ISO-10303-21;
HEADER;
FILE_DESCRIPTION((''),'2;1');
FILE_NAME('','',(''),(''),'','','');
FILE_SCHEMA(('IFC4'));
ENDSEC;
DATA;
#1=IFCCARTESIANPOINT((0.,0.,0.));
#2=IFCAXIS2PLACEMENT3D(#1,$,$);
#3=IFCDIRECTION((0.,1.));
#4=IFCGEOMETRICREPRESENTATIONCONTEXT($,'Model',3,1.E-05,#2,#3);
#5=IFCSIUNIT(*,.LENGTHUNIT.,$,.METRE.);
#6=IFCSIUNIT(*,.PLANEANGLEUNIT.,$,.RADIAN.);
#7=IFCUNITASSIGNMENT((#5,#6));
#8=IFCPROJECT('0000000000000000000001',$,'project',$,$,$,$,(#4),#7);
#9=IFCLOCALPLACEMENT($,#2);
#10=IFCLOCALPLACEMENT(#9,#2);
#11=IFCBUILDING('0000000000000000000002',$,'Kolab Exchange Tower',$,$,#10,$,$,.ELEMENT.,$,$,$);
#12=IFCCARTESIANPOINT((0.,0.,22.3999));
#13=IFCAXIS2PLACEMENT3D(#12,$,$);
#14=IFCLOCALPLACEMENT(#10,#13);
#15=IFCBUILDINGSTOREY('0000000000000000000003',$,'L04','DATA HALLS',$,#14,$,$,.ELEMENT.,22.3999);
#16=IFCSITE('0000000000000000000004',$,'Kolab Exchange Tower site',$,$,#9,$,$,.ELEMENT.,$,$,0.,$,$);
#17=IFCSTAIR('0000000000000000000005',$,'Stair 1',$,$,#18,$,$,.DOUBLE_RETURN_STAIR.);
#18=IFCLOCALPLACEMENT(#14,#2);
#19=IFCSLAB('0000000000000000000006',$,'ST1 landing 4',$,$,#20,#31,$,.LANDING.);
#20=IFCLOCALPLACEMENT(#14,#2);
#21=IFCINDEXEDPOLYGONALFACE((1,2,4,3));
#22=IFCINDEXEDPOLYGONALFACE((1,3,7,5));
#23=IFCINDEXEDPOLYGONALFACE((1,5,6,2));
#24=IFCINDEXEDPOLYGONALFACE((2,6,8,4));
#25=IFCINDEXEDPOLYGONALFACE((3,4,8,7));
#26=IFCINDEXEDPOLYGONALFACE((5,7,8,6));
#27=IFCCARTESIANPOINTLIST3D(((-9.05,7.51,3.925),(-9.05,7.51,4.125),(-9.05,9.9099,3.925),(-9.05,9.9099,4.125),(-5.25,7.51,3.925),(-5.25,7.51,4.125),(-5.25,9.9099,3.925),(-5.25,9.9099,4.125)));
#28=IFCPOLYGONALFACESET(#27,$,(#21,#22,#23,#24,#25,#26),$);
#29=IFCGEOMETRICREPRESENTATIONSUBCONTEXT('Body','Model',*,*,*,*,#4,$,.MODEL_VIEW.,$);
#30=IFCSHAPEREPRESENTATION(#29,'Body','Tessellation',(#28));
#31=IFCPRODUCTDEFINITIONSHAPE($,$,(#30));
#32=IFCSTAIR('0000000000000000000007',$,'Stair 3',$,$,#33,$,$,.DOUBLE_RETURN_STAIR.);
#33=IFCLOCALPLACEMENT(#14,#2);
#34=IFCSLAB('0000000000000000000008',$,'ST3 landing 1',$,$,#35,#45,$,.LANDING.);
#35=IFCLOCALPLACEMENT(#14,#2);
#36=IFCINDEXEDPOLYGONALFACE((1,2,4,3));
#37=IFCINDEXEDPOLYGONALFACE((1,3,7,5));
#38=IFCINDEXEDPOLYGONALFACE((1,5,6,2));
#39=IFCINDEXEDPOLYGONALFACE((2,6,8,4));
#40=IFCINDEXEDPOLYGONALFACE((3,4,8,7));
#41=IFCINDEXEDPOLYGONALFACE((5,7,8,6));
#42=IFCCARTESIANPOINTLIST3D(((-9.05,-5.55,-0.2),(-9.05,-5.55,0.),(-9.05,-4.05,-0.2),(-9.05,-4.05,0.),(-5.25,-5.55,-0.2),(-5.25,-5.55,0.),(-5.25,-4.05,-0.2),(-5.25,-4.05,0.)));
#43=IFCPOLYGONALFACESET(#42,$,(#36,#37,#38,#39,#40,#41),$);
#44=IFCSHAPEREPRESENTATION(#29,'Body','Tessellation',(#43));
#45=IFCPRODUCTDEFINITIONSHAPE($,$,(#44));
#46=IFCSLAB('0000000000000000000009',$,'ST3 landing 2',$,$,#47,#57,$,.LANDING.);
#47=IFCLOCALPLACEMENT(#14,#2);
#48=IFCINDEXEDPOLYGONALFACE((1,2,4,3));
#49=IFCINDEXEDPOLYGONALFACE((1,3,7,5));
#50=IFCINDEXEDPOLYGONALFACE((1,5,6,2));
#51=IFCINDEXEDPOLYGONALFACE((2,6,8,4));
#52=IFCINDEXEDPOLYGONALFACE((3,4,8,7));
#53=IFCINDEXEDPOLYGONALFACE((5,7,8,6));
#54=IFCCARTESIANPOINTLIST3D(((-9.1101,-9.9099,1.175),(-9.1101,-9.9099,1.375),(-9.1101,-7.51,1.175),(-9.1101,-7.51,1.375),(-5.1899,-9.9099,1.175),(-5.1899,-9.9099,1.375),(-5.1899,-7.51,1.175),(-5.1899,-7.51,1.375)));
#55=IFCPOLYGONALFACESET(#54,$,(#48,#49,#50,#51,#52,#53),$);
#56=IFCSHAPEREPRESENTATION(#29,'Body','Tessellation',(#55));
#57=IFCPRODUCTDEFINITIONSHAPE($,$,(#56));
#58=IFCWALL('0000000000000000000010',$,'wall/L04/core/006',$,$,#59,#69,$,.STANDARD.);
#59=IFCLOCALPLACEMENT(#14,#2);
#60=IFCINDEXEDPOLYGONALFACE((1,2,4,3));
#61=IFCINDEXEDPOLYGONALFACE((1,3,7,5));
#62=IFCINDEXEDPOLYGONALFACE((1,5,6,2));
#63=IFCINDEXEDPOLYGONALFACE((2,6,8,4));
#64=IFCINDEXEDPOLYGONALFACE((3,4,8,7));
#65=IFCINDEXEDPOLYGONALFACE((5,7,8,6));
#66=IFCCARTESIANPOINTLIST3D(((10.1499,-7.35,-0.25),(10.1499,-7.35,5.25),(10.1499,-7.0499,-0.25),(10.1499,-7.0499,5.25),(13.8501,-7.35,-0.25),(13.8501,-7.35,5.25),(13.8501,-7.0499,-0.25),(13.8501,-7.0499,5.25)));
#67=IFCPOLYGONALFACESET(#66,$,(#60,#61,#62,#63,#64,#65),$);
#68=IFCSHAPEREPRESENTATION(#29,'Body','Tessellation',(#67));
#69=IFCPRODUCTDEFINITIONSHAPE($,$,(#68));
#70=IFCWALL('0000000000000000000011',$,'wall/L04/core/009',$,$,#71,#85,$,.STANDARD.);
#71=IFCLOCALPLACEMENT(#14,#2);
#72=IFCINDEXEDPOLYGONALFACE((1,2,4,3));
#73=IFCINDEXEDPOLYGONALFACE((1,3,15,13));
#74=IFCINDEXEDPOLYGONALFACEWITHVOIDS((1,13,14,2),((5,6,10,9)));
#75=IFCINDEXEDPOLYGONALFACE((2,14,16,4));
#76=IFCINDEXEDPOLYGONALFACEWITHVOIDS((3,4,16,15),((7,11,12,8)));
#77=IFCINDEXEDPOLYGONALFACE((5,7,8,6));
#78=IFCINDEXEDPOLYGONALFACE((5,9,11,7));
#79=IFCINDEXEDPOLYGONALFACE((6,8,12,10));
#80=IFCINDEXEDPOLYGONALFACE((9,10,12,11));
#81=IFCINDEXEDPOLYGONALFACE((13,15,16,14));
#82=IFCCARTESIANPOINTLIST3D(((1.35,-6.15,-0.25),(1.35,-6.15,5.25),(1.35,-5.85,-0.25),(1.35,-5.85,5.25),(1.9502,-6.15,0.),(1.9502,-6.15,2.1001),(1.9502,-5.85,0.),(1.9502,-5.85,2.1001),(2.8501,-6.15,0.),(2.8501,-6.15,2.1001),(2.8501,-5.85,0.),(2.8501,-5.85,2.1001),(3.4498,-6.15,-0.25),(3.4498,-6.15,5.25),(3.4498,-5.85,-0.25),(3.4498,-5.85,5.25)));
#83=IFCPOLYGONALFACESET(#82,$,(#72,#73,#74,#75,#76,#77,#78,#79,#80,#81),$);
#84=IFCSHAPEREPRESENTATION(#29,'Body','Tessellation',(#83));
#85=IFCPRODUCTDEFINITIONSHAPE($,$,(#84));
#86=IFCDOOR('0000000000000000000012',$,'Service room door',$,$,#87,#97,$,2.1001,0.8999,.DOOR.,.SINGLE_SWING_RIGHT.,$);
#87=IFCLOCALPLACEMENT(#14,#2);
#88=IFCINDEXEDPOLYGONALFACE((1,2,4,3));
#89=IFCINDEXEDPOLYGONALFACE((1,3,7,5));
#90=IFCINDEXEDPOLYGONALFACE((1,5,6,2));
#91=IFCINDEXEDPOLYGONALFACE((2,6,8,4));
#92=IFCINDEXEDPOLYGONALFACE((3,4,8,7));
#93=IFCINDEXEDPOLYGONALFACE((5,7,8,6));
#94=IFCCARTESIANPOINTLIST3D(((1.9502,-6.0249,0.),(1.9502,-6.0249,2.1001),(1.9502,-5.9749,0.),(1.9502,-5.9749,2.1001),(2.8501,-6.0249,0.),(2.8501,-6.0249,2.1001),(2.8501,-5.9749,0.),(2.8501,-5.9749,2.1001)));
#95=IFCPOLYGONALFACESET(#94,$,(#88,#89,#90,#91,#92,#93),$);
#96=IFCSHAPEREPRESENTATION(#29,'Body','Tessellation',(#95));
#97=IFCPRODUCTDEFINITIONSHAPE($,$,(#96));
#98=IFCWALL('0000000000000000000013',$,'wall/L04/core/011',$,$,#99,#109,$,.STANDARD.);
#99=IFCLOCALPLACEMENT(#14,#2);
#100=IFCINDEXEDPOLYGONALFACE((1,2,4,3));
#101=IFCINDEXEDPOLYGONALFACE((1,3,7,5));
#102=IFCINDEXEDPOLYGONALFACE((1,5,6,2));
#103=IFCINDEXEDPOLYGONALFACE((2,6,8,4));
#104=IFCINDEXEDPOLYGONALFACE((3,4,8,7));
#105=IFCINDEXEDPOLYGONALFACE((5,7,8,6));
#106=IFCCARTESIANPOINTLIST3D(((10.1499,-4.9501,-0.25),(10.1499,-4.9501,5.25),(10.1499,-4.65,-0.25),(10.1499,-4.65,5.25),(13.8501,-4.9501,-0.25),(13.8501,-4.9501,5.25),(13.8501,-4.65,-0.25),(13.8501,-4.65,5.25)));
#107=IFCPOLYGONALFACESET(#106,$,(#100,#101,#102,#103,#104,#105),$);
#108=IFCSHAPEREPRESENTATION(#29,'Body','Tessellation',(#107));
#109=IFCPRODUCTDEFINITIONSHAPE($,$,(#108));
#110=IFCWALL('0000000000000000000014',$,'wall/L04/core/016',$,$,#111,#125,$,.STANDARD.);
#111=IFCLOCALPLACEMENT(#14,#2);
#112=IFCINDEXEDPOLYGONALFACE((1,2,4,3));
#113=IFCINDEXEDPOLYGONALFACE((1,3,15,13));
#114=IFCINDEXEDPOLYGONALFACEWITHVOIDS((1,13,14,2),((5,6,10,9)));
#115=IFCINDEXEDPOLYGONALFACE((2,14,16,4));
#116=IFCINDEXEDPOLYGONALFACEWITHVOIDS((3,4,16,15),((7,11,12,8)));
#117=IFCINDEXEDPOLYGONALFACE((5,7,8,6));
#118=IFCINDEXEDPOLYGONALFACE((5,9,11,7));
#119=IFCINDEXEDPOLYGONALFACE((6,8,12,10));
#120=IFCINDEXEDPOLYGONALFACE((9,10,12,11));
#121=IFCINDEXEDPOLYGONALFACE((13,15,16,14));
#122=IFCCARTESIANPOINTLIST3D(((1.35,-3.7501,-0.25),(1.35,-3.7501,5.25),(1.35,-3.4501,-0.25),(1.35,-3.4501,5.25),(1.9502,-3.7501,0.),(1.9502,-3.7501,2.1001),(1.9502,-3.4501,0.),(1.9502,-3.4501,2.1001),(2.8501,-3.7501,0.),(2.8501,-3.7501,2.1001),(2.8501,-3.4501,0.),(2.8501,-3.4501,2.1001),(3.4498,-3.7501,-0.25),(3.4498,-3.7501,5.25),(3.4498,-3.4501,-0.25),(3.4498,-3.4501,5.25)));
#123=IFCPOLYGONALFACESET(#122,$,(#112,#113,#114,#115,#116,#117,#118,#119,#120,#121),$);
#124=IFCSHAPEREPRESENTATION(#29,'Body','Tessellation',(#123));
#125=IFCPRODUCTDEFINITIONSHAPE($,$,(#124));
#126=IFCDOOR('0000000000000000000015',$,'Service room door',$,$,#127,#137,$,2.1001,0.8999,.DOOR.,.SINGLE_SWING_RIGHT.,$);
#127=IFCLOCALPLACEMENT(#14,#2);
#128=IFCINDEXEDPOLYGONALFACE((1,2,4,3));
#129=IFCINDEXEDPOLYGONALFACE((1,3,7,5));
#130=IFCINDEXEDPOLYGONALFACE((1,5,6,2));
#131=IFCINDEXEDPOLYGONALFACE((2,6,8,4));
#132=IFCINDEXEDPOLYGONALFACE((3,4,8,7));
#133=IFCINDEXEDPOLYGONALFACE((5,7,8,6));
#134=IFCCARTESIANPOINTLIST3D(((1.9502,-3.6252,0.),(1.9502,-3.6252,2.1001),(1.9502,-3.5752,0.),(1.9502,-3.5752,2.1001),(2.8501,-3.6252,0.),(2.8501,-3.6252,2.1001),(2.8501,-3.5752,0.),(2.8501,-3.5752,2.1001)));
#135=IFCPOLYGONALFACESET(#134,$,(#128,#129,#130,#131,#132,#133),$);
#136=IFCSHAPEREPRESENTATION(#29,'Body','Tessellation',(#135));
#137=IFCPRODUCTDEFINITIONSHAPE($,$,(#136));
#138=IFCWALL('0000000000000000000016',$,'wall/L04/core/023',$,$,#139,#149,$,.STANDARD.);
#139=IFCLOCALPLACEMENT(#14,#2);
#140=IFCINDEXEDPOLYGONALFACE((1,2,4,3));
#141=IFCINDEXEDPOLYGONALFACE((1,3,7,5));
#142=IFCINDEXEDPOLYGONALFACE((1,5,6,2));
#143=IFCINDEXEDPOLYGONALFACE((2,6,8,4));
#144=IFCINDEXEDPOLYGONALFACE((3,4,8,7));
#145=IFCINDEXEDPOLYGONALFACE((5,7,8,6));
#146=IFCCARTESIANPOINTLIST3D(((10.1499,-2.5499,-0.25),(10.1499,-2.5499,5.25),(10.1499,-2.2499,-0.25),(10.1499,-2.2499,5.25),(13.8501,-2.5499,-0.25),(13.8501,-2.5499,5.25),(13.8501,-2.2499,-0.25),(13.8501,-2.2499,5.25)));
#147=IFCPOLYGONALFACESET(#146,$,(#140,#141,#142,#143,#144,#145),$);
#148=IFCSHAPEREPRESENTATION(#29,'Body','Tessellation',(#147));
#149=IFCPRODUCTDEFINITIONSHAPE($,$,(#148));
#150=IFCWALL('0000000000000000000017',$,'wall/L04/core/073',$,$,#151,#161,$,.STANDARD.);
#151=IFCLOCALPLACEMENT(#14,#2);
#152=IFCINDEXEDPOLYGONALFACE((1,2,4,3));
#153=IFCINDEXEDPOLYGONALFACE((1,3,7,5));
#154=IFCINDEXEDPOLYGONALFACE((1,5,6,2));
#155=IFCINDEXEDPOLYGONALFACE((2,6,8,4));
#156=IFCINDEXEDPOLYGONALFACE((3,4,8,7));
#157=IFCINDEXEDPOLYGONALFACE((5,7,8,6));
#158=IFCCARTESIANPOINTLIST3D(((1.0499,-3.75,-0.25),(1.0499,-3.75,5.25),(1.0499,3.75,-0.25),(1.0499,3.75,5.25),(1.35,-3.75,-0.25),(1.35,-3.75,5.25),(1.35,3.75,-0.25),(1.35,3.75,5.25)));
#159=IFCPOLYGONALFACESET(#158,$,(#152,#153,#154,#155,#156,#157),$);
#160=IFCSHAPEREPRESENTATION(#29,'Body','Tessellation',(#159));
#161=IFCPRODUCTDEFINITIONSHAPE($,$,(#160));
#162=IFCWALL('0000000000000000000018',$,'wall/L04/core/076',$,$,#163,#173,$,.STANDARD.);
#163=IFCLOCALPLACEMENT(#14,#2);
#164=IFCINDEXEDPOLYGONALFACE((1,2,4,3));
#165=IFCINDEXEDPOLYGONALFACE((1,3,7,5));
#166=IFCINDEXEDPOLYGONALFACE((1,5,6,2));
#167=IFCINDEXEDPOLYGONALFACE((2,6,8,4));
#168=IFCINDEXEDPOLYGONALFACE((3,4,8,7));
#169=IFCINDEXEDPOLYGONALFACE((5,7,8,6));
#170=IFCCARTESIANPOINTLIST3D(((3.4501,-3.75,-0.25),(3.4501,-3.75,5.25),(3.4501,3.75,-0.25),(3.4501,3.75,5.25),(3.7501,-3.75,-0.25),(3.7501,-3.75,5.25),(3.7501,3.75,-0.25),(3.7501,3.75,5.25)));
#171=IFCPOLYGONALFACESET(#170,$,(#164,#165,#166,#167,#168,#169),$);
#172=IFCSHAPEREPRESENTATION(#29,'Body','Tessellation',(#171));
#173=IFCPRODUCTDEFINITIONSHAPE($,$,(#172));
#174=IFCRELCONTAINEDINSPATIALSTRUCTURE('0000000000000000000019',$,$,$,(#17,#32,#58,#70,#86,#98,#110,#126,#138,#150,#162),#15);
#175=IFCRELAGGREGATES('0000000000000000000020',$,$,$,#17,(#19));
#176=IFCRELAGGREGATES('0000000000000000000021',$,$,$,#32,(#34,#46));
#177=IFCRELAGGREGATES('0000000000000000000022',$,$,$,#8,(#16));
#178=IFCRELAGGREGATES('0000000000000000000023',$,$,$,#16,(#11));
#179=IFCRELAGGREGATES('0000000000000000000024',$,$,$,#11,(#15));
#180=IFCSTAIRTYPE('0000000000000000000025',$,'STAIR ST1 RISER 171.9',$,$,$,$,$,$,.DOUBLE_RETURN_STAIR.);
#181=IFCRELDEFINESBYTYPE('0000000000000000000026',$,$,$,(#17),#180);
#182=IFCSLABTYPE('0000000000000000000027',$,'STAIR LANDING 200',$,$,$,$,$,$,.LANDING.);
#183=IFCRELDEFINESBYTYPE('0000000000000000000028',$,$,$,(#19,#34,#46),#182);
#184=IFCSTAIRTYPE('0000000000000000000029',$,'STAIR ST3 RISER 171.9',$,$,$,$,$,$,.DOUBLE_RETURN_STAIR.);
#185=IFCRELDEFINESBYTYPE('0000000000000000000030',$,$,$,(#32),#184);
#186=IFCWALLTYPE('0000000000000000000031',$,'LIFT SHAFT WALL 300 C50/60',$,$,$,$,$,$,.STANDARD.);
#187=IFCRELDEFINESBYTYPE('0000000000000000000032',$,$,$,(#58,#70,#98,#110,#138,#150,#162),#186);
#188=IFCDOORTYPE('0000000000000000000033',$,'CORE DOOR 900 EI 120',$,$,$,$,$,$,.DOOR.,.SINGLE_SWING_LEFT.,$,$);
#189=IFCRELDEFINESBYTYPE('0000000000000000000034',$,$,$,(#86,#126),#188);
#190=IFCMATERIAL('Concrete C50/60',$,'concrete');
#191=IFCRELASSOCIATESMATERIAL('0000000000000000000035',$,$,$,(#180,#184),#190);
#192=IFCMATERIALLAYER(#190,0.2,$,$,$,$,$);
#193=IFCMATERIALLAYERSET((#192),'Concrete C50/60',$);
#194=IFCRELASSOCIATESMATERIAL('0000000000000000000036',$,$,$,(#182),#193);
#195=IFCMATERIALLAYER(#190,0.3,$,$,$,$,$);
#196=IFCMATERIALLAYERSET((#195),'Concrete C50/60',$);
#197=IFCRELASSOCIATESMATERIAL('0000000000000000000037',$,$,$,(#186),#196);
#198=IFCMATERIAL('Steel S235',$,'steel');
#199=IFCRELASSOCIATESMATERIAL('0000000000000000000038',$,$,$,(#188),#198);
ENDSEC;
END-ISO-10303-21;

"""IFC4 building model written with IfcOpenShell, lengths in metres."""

from ifc_helpers import new_model, si_unit, direction, frame, frame_2d, origin, place, context, subcontext, project, spatial, polyline, rectangle, outline, extrude, material, layer, layer_set, type_object, element, fill, aggregate, save


model = new_model("IFC4")

# Units and contexts
model_context = context("Model", 3, precision=1e-05, world=origin(), true_north=direction((0.0, 1.0)))
body_context = subcontext(model_context, "Body", "Model", "MODEL_VIEW")
ifc_project = project(units=[si_unit("LENGTHUNIT", "METRE"), si_unit("PLANEANGLEUNIT", "RADIAN")], contexts=[model_context])

# Site, building, storey
site_placement = place(None, origin())
site = spatial("IfcSite", under=ifc_project, at=site_placement, Name="Kolab Exchange Tower site", CompositionType="ELEMENT", RefElevation=0.0)
building_placement = place(site_placement, origin())
building = spatial("IfcBuilding", under=site, at=building_placement, Name="Kolab Exchange Tower", CompositionType="ELEMENT")
storey_placement = place(building_placement, frame((0.0, 0.0, 22.3999)))
storey = spatial("IfcBuildingStorey", under=building, at=storey_placement, Name="L04", Description="DATA HALLS", CompositionType="ELEMENT", Elevation=22.3999)

# Stair, slab
ifc_material_1 = material(Name="Concrete C50/60", Category="concrete")
stair_type_1 = type_object("IfcStairType", Name="STAIR ST1 RISER 171.9", PredefinedType="DOUBLE_RETURN_STAIR", material=ifc_material_1)
stair_1_placement = place(storey_placement, origin())
stair_1 = element("IfcStair", 1, at=stair_1_placement, inside=storey, type_object=stair_type_1, Name="Stair 1", PredefinedType="DOUBLE_RETURN_STAIR")
ifc_layer_1 = layer(ifc_material_1, 0.2)
ifc_layer_set_1 = layer_set([ifc_layer_1], Name="Concrete C50/60")
slab_type = type_object("IfcSlabType", Name="STAIR LANDING 200", PredefinedType="LANDING", material=ifc_layer_set_1)
slab_1_placement = place(storey_placement, frame((0.0, 0.0, 3.925)))
slab_1 = element("IfcSlab", 2, at=slab_1_placement, type_object=slab_type, Name="ST1 landing 4", PredefinedType="LANDING", context=body_context, shape_type="SweptSolid", body=[
    extrude(outline(polyline([(-9.05, 7.51), (-5.25, 7.51), (-5.25, 9.9099), (-9.05, 9.9099), (-9.05, 7.51)])), origin(), (0.0, 0.0, 1.0), 0.2),
])
aggregate(stair_1, [slab_1])

# Stair, slabs
stair_type_2 = type_object("IfcStairType", Name="STAIR ST3 RISER 171.9", PredefinedType="DOUBLE_RETURN_STAIR", material=ifc_material_1)
stair_2_placement = place(storey_placement, origin())
stair_2 = element("IfcStair", 3, at=stair_2_placement, inside=storey, type_object=stair_type_2, Name="Stair 3", PredefinedType="DOUBLE_RETURN_STAIR")
slab_2_placement = place(storey_placement, frame((0.0, 0.0, -0.2)))
slab_2 = element("IfcSlab", 4, at=slab_2_placement, type_object=slab_type, Name="ST3 landing 1", PredefinedType="LANDING", context=body_context, shape_type="SweptSolid", body=[
    extrude(outline(polyline([(-9.05, -5.55), (-5.25, -5.55), (-5.25, -4.05), (-9.05, -4.05), (-9.05, -5.55)])), origin(), (0.0, 0.0, 1.0), 0.2),
])
slab_3_placement = place(storey_placement, frame((0.0, 0.0, 1.175)))
slab_3 = element("IfcSlab", 5, at=slab_3_placement, type_object=slab_type, Name="ST3 landing 2", PredefinedType="LANDING", context=body_context, shape_type="SweptSolid", body=[
    extrude(outline(polyline([(-9.1101, -9.9099), (-5.1899, -9.9099), (-5.1899, -7.51), (-9.1101, -7.51), (-9.1101, -9.9099)])), origin(), (0.0, 0.0, 1.0), 0.2),
])
aggregate(stair_2, [slab_2, slab_3])

# Wall
ifc_layer_2 = layer(ifc_material_1, 0.3)
ifc_layer_set_2 = layer_set([ifc_layer_2], Name="Concrete C50/60")
wall_type_1 = type_object("IfcWallType", Name="LIFT SHAFT WALL 300 C50/60", PredefinedType="STANDARD", material=ifc_layer_set_2)
wall_1_placement = place(storey_placement, frame((10.1499, -7.2, -0.25), z_axis=(0.0, 0.0, 1.0), x_axis=(1.0, 0.0, 0.0)))
element("IfcWall", 6, at=wall_1_placement, inside=storey, type_object=wall_type_1, Name="wall/L04/core/006", PredefinedType="STANDARD", context=body_context, shape_type="SweptSolid", body=[
    extrude(rectangle(XDim=3.7002, YDim=0.3, at=frame_2d((1.8501, 0.0))), origin(), (0.0, 0.0, 1.0), 5.5),
])

# Wall, opening, door
wall_2_placement = place(storey_placement, frame((1.3501, -6.0, -0.25), z_axis=(0.0, 0.0, 1.0), x_axis=(1.0, 0.0, 0.0)))
wall_2 = element("IfcWall", 7, at=wall_2_placement, inside=storey, type_object=wall_type_1, Name="wall/L04/core/009", PredefinedType="STANDARD", context=body_context, shape_type="SweptSolid", body=[
    extrude(rectangle(XDim=2.0999, YDim=0.3, at=frame_2d((1.0498, 0.0))), origin(), (0.0, 0.0, 1.0), 5.5),
])
opening_1_placement = place(wall_2_placement, frame((0.6001, 0.0, 0.25)))
opening_1 = element("IfcOpeningElement", 8, at=opening_1_placement, cuts=wall_2, PredefinedType="OPENING", context=body_context, shape_type="SweptSolid", body=[
    extrude(rectangle(XDim=0.8999, YDim=2.1001, at=frame_2d((0.45, 1.05))), frame((0.0, 0.1602, 0.0), z_axis=(0.0, -1.0, 0.0), x_axis=(1.0, 0.0, 0.0)), (0.0, 0.0, 1.0), 0.3201),
])
ifc_material_2 = material(Name="Steel S235", Category="steel")
door_type_1 = type_object("IfcDoorType", Name="CORE DOOR 900 EI 120", OperationType="SINGLE_SWING_LEFT", PredefinedType="DOOR", material=ifc_material_2)
door_1_placement = place(opening_1_placement, frame((0.8999, 0.0, 0.0), z_axis=(0.0, 0.0, 1.0), x_axis=(-1.0, 0.0, 0.0)))
door_1 = element("IfcDoor", 9, at=door_1_placement, inside=storey, type_object=door_type_1, Name="Service room door", OperationType="SINGLE_SWING_RIGHT", OverallHeight=2.1001, OverallWidth=0.8999, PredefinedType="DOOR", context=body_context, shape_type="SweptSolid", body=[
    extrude(rectangle(XDim=0.8999, YDim=2.1001, at=frame_2d((0.45, 1.05))), frame((0.0, 0.0249, 0.0), z_axis=(0.0, -1.0, 0.0), x_axis=(1.0, 0.0, 0.0)), (0.0, 0.0, 1.0), 0.05),
])
fill(opening_1, door_1)

# Wall
wall_3_placement = place(storey_placement, frame((10.1499, -4.8, -0.25), z_axis=(0.0, 0.0, 1.0), x_axis=(1.0, 0.0, 0.0)))
element("IfcWall", 10, at=wall_3_placement, inside=storey, type_object=wall_type_1, Name="wall/L04/core/011", PredefinedType="STANDARD", context=body_context, shape_type="SweptSolid", body=[
    extrude(rectangle(XDim=3.7002, YDim=0.3, at=frame_2d((1.8501, 0.0))), origin(), (0.0, 0.0, 1.0), 5.5),
])

# Wall, opening, door
wall_4_placement = place(storey_placement, frame((1.3501, -3.6001, -0.25), z_axis=(0.0, 0.0, 1.0), x_axis=(1.0, 0.0, 0.0)))
wall_4 = element("IfcWall", 11, at=wall_4_placement, inside=storey, type_object=wall_type_1, Name="wall/L04/core/016", PredefinedType="STANDARD", context=body_context, shape_type="SweptSolid", body=[
    extrude(rectangle(XDim=2.0999, YDim=0.3, at=frame_2d((1.0498, 0.0))), origin(), (0.0, 0.0, 1.0), 5.5),
])
opening_2_placement = place(wall_4_placement, frame((0.6001, 0.0, 0.25)))
opening_2 = element("IfcOpeningElement", 12, at=opening_2_placement, cuts=wall_4, PredefinedType="OPENING", context=body_context, shape_type="SweptSolid", body=[
    extrude(rectangle(XDim=0.8999, YDim=2.1001, at=frame_2d((0.45, 1.05))), frame((0.0, 0.1602, 0.0), z_axis=(0.0, -1.0, 0.0), x_axis=(1.0, 0.0, 0.0)), (0.0, 0.0, 1.0), 0.3201),
])
door_2_placement = place(opening_2_placement, origin())
door_2 = element("IfcDoor", 13, at=door_2_placement, inside=storey, type_object=door_type_1, Name="Service room door", OperationType="SINGLE_SWING_RIGHT", OverallHeight=2.1001, OverallWidth=0.8999, PredefinedType="DOOR", context=body_context, shape_type="SweptSolid", body=[
    extrude(rectangle(XDim=0.8999, YDim=2.1001, at=frame_2d((0.45, 1.05))), frame((0.0, 0.0249, 0.0), z_axis=(0.0, -1.0, 0.0), x_axis=(1.0, 0.0, 0.0)), (0.0, 0.0, 1.0), 0.05),
])
fill(opening_2, door_2)

# Walls
wall_5_placement = place(storey_placement, frame((10.1499, -2.3999, -0.25), z_axis=(0.0, 0.0, 1.0), x_axis=(1.0, 0.0, 0.0)))
element("IfcWall", 14, at=wall_5_placement, inside=storey, type_object=wall_type_1, Name="wall/L04/core/023", PredefinedType="STANDARD", context=body_context, shape_type="SweptSolid", body=[
    extrude(rectangle(XDim=3.7002, YDim=0.3, at=frame_2d((1.8501, 0.0))), origin(), (0.0, 0.0, 1.0), 5.5),
])
for number, where, z_axis, x_axis, name in (
    (15, (1.2, -3.75, -0.25), (0.0, 0.0, 1.0), (0.0, 1.0, 0.0), "wall/L04/core/073"),
    (16, (3.6001, -3.75, -0.25), (0.0, 0.0, 1.0), (0.0, 1.0, 0.0), "wall/L04/core/076"),
):
    element("IfcWall", number, at=place(storey_placement, frame(where, z_axis=z_axis, x_axis=x_axis)), inside=storey, type_object=wall_type_1, Name=name, PredefinedType="STANDARD", context=body_context, shape_type="SweptSolid", body=[
        extrude(rectangle(XDim=7.5, YDim=0.3, at=frame_2d((3.75, 0.0))), origin(), (0.0, 0.0, 1.0), 5.5),
    ])

save(model, "model.ifc")
